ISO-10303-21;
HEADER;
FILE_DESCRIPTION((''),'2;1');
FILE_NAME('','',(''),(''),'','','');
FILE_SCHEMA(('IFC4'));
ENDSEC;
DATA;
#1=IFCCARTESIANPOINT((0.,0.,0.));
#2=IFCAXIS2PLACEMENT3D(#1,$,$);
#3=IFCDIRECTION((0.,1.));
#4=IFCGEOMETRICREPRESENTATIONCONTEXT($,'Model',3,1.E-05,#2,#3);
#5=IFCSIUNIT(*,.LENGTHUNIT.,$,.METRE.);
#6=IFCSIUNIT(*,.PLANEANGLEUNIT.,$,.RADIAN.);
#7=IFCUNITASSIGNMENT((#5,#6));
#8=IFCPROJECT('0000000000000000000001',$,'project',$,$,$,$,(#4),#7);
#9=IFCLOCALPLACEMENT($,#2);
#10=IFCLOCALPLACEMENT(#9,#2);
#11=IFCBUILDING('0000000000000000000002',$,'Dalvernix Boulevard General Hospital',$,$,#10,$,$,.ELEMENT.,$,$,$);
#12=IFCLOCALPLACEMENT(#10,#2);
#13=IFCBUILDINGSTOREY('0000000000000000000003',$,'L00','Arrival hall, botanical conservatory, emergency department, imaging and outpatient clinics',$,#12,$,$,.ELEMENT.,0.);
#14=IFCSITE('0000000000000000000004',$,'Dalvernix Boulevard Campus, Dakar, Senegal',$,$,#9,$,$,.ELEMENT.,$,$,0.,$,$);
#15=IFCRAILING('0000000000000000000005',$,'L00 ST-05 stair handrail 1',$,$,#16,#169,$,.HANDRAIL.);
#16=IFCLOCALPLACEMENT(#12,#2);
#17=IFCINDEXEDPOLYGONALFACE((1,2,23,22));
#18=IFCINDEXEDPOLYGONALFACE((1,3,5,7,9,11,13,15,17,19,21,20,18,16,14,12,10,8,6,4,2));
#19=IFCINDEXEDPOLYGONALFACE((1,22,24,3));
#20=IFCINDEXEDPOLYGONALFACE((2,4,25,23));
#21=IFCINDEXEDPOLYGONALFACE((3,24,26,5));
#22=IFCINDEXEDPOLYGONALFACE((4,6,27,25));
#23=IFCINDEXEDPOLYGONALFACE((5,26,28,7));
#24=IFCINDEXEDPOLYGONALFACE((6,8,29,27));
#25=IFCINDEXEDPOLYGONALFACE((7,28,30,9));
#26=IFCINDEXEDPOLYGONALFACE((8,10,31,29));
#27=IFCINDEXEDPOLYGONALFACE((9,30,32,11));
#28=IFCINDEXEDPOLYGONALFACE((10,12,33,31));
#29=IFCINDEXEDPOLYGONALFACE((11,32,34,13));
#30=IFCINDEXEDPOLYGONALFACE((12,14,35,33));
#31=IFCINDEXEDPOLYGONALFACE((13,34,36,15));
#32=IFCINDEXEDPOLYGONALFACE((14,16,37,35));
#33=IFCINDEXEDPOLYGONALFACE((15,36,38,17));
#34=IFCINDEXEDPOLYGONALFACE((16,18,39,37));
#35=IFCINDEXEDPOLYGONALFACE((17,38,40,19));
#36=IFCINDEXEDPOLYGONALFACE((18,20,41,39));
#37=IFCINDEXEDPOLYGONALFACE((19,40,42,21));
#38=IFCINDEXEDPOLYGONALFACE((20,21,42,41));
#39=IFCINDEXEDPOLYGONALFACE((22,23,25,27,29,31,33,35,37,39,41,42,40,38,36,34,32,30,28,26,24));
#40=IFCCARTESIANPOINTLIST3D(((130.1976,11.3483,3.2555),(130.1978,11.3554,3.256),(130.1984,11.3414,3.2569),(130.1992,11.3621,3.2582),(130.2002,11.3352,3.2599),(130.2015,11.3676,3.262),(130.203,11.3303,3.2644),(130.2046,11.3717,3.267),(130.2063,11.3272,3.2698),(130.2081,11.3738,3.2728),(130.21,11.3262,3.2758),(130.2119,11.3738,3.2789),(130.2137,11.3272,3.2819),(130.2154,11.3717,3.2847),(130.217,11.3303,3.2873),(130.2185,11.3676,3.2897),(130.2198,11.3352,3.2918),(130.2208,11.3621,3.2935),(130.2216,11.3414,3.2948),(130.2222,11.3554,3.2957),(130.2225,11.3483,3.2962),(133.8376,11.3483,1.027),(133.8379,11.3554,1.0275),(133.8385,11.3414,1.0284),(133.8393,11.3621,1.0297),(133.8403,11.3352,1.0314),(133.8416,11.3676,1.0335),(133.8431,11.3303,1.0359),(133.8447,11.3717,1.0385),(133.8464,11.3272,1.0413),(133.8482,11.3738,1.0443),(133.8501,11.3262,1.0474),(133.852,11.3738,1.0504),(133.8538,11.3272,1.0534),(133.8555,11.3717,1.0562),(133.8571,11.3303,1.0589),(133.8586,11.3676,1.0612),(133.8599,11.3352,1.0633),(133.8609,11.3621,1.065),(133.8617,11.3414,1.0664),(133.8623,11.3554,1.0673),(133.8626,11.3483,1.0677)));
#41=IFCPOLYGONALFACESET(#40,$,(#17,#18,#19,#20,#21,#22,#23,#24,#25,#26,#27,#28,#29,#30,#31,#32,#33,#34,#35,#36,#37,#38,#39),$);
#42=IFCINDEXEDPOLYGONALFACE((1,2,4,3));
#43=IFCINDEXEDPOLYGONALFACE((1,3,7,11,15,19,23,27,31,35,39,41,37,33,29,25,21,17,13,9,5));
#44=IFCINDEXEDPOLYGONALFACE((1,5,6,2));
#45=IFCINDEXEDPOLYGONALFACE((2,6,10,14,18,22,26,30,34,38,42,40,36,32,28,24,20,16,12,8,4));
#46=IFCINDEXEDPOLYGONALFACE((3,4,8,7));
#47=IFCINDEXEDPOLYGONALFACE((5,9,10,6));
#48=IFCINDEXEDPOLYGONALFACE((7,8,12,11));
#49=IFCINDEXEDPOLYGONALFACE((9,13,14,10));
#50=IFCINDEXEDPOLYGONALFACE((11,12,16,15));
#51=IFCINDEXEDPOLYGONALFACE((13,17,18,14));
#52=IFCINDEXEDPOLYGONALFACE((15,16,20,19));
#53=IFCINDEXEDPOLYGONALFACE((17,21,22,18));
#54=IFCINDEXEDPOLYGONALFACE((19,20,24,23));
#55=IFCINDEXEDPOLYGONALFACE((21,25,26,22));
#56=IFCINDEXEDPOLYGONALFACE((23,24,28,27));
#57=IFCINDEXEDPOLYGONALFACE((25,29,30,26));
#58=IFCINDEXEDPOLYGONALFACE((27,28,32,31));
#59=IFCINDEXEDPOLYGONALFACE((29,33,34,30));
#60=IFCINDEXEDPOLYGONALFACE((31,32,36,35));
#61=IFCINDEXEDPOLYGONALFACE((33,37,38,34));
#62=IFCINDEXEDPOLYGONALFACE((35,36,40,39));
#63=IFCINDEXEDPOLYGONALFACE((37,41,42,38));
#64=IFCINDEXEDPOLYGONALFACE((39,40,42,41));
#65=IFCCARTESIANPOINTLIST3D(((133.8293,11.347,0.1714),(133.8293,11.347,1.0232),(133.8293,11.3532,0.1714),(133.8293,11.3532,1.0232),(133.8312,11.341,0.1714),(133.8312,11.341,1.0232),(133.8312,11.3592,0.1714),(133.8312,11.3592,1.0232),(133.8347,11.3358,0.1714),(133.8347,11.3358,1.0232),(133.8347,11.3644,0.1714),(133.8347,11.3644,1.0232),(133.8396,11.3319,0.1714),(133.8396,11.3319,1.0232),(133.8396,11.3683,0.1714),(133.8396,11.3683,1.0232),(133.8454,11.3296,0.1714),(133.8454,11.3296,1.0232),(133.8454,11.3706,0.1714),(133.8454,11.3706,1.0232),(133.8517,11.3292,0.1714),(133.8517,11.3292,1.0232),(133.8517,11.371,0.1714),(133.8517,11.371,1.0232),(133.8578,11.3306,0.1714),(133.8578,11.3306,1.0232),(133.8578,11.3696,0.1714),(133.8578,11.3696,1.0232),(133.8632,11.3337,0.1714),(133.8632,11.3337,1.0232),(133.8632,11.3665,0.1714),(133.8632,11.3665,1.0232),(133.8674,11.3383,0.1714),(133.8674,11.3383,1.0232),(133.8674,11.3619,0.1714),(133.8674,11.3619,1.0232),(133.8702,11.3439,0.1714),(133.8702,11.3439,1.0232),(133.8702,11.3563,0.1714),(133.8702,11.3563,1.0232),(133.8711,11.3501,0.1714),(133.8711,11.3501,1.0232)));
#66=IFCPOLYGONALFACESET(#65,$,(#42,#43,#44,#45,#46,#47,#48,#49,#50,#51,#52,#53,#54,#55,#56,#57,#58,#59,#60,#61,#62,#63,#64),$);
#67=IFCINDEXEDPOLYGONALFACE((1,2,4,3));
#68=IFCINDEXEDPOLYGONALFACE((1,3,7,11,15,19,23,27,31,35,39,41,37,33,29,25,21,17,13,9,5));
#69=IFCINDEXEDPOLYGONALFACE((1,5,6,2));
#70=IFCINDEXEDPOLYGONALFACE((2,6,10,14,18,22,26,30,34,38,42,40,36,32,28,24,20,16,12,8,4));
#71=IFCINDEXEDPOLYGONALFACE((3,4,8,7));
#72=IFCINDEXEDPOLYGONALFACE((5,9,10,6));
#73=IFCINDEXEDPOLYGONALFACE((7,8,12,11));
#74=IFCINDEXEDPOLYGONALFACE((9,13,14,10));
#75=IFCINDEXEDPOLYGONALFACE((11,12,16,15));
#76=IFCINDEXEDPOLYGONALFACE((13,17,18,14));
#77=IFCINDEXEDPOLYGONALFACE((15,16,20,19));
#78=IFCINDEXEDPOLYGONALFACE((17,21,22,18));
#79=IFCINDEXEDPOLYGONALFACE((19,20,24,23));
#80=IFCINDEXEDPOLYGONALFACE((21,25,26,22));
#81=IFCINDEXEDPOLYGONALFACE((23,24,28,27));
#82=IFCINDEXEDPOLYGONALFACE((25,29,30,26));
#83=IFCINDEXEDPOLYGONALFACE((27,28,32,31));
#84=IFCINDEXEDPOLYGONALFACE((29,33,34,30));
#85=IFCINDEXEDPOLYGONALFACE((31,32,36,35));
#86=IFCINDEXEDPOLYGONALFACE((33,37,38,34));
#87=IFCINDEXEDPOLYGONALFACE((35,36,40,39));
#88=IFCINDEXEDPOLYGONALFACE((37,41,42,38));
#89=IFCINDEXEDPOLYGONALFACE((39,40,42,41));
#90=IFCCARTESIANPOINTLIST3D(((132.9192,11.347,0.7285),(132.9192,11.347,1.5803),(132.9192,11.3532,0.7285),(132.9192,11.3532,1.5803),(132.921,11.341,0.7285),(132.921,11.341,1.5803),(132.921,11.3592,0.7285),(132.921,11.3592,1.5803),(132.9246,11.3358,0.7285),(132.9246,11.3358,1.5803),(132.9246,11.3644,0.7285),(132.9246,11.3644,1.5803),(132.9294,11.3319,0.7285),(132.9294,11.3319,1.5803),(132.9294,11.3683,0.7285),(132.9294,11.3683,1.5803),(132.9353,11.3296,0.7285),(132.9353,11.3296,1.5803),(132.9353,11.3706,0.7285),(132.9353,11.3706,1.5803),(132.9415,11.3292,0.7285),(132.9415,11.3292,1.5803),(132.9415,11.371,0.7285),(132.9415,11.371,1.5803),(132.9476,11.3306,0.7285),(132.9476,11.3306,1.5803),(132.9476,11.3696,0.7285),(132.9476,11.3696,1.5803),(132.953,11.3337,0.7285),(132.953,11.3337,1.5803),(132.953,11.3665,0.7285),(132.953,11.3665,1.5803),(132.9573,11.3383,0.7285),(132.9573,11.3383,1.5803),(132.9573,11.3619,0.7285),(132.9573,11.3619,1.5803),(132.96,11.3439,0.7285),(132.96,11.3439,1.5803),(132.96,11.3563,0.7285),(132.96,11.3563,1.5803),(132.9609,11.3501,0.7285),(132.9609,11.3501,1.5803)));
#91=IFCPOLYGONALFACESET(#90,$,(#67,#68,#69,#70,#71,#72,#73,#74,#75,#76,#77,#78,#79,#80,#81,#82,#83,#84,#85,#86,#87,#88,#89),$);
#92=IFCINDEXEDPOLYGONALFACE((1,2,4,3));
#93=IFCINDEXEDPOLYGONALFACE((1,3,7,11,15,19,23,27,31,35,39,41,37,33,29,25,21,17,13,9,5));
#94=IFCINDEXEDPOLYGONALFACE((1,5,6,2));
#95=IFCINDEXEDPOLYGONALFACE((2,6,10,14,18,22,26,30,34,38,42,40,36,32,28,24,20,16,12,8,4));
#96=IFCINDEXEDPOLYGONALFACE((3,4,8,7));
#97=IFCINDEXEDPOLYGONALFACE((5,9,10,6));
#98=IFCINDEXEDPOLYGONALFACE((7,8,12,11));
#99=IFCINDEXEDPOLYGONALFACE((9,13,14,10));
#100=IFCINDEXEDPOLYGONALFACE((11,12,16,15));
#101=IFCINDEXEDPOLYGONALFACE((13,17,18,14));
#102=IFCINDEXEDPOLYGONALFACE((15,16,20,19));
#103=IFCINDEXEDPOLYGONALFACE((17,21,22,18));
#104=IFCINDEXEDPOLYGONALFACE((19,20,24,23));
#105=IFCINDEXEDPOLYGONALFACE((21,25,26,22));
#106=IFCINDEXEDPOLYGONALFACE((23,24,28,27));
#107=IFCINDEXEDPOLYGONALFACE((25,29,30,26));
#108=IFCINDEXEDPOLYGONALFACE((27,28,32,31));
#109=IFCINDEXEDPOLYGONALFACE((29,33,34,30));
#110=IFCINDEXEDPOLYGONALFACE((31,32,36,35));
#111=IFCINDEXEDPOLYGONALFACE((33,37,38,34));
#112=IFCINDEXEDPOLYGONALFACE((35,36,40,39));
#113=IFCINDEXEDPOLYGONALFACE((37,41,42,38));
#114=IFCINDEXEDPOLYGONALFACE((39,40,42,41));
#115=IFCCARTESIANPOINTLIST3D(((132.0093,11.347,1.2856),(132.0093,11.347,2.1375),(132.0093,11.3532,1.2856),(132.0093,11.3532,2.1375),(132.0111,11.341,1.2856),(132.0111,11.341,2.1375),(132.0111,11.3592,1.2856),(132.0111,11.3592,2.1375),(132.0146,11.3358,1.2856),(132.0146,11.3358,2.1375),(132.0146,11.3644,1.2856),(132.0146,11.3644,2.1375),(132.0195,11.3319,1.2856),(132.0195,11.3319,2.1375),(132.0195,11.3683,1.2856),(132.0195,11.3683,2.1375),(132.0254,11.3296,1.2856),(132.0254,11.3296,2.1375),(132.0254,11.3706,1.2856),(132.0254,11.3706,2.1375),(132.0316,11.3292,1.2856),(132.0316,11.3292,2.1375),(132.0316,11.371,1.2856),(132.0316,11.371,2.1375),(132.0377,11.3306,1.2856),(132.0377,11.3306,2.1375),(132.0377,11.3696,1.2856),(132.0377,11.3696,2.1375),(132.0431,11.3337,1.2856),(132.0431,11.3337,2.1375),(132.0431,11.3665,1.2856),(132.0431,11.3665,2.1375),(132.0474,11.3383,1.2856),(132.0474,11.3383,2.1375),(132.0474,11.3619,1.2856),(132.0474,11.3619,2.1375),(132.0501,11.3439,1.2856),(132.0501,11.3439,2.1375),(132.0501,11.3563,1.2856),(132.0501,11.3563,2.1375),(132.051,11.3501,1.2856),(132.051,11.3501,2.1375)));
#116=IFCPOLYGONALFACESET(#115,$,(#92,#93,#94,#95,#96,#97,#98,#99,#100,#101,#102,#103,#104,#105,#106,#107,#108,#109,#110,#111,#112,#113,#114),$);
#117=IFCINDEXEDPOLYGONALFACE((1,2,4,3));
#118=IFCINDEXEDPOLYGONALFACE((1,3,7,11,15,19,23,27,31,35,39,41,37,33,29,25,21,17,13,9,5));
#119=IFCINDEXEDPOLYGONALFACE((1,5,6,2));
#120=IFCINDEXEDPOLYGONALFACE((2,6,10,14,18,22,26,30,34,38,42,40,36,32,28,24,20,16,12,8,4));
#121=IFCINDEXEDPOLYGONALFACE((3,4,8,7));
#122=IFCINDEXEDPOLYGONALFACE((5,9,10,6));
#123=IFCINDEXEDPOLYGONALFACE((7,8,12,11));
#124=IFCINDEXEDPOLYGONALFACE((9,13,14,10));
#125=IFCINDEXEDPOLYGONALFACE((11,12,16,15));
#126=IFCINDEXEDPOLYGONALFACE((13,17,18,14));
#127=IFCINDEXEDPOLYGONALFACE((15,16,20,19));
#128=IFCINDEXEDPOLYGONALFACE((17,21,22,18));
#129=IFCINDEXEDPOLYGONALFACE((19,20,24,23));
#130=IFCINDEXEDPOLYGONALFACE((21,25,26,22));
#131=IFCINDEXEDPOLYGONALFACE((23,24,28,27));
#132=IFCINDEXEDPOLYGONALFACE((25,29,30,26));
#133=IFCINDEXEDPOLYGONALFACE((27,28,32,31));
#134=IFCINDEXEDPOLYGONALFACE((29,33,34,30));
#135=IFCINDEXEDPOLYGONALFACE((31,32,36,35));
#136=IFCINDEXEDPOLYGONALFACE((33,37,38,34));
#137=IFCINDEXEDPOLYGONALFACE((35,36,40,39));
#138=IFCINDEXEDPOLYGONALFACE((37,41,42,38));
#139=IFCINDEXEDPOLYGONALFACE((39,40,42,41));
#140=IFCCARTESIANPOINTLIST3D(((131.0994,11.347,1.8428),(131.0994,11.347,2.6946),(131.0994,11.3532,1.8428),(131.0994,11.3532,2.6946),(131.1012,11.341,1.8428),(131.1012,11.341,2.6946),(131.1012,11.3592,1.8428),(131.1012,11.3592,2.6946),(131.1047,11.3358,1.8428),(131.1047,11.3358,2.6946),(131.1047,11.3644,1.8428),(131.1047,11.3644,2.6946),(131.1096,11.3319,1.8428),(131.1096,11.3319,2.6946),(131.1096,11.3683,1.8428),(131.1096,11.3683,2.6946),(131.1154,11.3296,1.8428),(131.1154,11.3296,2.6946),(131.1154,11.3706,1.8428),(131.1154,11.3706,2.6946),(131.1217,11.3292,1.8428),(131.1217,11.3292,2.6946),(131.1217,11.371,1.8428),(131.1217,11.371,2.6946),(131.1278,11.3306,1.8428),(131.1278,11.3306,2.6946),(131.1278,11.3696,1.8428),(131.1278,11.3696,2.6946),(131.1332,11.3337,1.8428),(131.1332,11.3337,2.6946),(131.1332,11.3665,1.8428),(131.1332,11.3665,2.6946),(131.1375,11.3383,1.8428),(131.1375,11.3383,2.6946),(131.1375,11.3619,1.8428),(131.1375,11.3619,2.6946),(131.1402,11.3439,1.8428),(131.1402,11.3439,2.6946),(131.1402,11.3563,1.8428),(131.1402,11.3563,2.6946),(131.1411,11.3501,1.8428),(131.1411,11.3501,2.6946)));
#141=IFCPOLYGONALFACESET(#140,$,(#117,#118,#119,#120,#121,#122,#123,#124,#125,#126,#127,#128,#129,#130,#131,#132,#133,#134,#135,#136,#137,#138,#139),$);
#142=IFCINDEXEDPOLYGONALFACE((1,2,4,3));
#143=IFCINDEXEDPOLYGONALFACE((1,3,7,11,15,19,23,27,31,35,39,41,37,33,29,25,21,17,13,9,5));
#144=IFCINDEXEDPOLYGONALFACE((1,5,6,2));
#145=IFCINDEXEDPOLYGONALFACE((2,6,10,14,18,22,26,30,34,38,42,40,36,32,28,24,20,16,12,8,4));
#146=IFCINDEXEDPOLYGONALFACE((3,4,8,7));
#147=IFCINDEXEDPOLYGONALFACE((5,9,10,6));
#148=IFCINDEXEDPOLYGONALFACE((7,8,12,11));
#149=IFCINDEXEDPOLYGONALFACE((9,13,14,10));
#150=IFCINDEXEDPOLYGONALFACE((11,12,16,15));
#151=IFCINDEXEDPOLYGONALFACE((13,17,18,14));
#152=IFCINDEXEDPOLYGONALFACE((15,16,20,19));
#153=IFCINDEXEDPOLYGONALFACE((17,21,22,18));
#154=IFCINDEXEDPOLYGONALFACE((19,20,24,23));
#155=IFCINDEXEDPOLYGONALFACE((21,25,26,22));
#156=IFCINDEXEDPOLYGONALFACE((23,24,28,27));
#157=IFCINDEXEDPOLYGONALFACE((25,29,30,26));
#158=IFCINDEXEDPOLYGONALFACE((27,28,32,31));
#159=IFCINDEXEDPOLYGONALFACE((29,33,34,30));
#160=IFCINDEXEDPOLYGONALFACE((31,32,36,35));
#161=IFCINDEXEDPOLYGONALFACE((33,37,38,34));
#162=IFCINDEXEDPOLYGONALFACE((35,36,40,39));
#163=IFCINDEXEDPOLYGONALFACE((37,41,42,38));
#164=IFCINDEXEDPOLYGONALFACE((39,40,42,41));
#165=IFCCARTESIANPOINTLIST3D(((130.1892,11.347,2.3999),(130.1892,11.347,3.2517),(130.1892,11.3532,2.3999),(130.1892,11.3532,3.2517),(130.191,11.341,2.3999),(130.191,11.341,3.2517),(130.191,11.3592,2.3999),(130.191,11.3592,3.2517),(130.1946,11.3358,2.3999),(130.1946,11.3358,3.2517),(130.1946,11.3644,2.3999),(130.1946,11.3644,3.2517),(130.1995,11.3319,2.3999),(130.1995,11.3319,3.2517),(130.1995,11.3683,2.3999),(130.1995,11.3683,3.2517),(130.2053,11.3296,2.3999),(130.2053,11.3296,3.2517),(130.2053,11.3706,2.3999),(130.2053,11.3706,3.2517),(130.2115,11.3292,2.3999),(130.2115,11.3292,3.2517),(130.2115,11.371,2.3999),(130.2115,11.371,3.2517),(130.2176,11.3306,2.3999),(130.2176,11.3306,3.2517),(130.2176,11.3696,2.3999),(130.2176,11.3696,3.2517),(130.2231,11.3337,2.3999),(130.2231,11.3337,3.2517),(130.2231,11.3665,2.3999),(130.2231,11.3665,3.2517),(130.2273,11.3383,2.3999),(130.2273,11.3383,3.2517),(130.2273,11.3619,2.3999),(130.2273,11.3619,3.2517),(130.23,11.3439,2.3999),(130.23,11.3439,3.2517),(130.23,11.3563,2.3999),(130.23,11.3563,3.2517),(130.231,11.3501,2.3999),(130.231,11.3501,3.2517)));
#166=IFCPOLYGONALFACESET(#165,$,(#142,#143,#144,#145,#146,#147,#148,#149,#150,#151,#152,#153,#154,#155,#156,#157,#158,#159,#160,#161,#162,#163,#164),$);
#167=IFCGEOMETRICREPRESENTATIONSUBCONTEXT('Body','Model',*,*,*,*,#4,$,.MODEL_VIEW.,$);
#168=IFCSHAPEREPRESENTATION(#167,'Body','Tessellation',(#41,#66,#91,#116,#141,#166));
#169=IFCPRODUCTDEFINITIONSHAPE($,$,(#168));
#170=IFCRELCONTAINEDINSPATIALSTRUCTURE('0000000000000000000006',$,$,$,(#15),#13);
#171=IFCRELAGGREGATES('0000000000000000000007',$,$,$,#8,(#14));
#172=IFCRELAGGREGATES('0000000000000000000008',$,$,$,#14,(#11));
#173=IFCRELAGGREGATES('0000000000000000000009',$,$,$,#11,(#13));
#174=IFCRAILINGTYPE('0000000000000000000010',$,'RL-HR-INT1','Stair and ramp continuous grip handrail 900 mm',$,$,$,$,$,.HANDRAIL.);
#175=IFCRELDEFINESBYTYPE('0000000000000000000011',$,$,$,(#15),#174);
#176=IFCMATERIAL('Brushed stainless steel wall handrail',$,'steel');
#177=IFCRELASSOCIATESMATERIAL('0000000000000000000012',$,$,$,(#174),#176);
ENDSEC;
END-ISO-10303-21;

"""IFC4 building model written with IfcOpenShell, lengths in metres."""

from ifc_helpers import new_model, si_unit, direction, frame, origin, origin_2d, place, context, subcontext, project, spatial, circle, extrude, material, type_object, element, save


model = new_model("IFC4")

# Units and contexts
model_context = context("Model", 3, precision=1e-05, world=origin(), true_north=direction((0.0, 1.0)))
body_context = subcontext(model_context, "Body", "Model", "MODEL_VIEW")
ifc_project = project(units=[si_unit("LENGTHUNIT", "METRE"), si_unit("PLANEANGLEUNIT", "RADIAN")], contexts=[model_context])

# Site, building, storey
site_placement = place(None, origin())
site = spatial("IfcSite", under=ifc_project, at=site_placement, Name="Dalvernix Boulevard Campus, Dakar, Senegal", CompositionType="ELEMENT", RefElevation=0.0)
building_placement = place(site_placement, origin())
building = spatial("IfcBuilding", under=site, at=building_placement, Name="Dalvernix Boulevard General Hospital", CompositionType="ELEMENT")
storey_placement = place(building_placement, origin())
storey = spatial("IfcBuildingStorey", under=building, at=storey_placement, Name="L00", Description="Arrival hall, botanical conservatory, emergency department, imaging and outpatient clinics", CompositionType="ELEMENT", Elevation=0.0)

# Railing
ifc_material_1 = material(Name="Brushed stainless steel wall handrail", Category="steel")
railing_type_1 = type_object("IfcRailingType", Name="RL-HR-INT1", Description="Stair and ramp continuous grip handrail 900 mm", PredefinedType="HANDRAIL", material=ifc_material_1)
railing_1_placement = place(storey_placement, frame((133.8501, 11.3501, 0.1714)))
element("IfcRailing", 1, at=railing_1_placement, inside=storey, type_object=railing_type_1, Name="L00 ST-05 stair handrail 1", PredefinedType="HANDRAIL", context=body_context, shape_type="SweptSolid", body=[
    extrude(circle(Radius=0.0239, at=origin_2d()), frame((0.0, 0.0, 0.876), z_axis=(-0.852866, 0.0, 0.52213), x_axis=(0.0, -1.0, 0.0)), (0.0, 0.0, 1.0), 4.2681),
    extrude(circle(Radius=0.021, at=origin_2d()), origin(), (0.0, 0.0, 1.0), 0.8518),
    extrude(circle(Radius=0.021, at=origin_2d()), frame((-0.9102, 0.0, 0.5571)), (0.0, 0.0, 1.0), 0.8518),
    extrude(circle(Radius=0.021, at=origin_2d()), frame((-1.8201, 0.0, 1.1143)), (0.0, 0.0, 1.0), 0.8518),
    extrude(circle(Radius=0.021, at=origin_2d()), frame((-2.73, 0.0, 1.6714)), (0.0, 0.0, 1.0), 0.8518),
    extrude(circle(Radius=0.021, at=origin_2d()), frame((-3.6401, 0.0, 2.2285)), (0.0, 0.0, 1.0), 0.8518),
])

save(model, "model.ifc")
